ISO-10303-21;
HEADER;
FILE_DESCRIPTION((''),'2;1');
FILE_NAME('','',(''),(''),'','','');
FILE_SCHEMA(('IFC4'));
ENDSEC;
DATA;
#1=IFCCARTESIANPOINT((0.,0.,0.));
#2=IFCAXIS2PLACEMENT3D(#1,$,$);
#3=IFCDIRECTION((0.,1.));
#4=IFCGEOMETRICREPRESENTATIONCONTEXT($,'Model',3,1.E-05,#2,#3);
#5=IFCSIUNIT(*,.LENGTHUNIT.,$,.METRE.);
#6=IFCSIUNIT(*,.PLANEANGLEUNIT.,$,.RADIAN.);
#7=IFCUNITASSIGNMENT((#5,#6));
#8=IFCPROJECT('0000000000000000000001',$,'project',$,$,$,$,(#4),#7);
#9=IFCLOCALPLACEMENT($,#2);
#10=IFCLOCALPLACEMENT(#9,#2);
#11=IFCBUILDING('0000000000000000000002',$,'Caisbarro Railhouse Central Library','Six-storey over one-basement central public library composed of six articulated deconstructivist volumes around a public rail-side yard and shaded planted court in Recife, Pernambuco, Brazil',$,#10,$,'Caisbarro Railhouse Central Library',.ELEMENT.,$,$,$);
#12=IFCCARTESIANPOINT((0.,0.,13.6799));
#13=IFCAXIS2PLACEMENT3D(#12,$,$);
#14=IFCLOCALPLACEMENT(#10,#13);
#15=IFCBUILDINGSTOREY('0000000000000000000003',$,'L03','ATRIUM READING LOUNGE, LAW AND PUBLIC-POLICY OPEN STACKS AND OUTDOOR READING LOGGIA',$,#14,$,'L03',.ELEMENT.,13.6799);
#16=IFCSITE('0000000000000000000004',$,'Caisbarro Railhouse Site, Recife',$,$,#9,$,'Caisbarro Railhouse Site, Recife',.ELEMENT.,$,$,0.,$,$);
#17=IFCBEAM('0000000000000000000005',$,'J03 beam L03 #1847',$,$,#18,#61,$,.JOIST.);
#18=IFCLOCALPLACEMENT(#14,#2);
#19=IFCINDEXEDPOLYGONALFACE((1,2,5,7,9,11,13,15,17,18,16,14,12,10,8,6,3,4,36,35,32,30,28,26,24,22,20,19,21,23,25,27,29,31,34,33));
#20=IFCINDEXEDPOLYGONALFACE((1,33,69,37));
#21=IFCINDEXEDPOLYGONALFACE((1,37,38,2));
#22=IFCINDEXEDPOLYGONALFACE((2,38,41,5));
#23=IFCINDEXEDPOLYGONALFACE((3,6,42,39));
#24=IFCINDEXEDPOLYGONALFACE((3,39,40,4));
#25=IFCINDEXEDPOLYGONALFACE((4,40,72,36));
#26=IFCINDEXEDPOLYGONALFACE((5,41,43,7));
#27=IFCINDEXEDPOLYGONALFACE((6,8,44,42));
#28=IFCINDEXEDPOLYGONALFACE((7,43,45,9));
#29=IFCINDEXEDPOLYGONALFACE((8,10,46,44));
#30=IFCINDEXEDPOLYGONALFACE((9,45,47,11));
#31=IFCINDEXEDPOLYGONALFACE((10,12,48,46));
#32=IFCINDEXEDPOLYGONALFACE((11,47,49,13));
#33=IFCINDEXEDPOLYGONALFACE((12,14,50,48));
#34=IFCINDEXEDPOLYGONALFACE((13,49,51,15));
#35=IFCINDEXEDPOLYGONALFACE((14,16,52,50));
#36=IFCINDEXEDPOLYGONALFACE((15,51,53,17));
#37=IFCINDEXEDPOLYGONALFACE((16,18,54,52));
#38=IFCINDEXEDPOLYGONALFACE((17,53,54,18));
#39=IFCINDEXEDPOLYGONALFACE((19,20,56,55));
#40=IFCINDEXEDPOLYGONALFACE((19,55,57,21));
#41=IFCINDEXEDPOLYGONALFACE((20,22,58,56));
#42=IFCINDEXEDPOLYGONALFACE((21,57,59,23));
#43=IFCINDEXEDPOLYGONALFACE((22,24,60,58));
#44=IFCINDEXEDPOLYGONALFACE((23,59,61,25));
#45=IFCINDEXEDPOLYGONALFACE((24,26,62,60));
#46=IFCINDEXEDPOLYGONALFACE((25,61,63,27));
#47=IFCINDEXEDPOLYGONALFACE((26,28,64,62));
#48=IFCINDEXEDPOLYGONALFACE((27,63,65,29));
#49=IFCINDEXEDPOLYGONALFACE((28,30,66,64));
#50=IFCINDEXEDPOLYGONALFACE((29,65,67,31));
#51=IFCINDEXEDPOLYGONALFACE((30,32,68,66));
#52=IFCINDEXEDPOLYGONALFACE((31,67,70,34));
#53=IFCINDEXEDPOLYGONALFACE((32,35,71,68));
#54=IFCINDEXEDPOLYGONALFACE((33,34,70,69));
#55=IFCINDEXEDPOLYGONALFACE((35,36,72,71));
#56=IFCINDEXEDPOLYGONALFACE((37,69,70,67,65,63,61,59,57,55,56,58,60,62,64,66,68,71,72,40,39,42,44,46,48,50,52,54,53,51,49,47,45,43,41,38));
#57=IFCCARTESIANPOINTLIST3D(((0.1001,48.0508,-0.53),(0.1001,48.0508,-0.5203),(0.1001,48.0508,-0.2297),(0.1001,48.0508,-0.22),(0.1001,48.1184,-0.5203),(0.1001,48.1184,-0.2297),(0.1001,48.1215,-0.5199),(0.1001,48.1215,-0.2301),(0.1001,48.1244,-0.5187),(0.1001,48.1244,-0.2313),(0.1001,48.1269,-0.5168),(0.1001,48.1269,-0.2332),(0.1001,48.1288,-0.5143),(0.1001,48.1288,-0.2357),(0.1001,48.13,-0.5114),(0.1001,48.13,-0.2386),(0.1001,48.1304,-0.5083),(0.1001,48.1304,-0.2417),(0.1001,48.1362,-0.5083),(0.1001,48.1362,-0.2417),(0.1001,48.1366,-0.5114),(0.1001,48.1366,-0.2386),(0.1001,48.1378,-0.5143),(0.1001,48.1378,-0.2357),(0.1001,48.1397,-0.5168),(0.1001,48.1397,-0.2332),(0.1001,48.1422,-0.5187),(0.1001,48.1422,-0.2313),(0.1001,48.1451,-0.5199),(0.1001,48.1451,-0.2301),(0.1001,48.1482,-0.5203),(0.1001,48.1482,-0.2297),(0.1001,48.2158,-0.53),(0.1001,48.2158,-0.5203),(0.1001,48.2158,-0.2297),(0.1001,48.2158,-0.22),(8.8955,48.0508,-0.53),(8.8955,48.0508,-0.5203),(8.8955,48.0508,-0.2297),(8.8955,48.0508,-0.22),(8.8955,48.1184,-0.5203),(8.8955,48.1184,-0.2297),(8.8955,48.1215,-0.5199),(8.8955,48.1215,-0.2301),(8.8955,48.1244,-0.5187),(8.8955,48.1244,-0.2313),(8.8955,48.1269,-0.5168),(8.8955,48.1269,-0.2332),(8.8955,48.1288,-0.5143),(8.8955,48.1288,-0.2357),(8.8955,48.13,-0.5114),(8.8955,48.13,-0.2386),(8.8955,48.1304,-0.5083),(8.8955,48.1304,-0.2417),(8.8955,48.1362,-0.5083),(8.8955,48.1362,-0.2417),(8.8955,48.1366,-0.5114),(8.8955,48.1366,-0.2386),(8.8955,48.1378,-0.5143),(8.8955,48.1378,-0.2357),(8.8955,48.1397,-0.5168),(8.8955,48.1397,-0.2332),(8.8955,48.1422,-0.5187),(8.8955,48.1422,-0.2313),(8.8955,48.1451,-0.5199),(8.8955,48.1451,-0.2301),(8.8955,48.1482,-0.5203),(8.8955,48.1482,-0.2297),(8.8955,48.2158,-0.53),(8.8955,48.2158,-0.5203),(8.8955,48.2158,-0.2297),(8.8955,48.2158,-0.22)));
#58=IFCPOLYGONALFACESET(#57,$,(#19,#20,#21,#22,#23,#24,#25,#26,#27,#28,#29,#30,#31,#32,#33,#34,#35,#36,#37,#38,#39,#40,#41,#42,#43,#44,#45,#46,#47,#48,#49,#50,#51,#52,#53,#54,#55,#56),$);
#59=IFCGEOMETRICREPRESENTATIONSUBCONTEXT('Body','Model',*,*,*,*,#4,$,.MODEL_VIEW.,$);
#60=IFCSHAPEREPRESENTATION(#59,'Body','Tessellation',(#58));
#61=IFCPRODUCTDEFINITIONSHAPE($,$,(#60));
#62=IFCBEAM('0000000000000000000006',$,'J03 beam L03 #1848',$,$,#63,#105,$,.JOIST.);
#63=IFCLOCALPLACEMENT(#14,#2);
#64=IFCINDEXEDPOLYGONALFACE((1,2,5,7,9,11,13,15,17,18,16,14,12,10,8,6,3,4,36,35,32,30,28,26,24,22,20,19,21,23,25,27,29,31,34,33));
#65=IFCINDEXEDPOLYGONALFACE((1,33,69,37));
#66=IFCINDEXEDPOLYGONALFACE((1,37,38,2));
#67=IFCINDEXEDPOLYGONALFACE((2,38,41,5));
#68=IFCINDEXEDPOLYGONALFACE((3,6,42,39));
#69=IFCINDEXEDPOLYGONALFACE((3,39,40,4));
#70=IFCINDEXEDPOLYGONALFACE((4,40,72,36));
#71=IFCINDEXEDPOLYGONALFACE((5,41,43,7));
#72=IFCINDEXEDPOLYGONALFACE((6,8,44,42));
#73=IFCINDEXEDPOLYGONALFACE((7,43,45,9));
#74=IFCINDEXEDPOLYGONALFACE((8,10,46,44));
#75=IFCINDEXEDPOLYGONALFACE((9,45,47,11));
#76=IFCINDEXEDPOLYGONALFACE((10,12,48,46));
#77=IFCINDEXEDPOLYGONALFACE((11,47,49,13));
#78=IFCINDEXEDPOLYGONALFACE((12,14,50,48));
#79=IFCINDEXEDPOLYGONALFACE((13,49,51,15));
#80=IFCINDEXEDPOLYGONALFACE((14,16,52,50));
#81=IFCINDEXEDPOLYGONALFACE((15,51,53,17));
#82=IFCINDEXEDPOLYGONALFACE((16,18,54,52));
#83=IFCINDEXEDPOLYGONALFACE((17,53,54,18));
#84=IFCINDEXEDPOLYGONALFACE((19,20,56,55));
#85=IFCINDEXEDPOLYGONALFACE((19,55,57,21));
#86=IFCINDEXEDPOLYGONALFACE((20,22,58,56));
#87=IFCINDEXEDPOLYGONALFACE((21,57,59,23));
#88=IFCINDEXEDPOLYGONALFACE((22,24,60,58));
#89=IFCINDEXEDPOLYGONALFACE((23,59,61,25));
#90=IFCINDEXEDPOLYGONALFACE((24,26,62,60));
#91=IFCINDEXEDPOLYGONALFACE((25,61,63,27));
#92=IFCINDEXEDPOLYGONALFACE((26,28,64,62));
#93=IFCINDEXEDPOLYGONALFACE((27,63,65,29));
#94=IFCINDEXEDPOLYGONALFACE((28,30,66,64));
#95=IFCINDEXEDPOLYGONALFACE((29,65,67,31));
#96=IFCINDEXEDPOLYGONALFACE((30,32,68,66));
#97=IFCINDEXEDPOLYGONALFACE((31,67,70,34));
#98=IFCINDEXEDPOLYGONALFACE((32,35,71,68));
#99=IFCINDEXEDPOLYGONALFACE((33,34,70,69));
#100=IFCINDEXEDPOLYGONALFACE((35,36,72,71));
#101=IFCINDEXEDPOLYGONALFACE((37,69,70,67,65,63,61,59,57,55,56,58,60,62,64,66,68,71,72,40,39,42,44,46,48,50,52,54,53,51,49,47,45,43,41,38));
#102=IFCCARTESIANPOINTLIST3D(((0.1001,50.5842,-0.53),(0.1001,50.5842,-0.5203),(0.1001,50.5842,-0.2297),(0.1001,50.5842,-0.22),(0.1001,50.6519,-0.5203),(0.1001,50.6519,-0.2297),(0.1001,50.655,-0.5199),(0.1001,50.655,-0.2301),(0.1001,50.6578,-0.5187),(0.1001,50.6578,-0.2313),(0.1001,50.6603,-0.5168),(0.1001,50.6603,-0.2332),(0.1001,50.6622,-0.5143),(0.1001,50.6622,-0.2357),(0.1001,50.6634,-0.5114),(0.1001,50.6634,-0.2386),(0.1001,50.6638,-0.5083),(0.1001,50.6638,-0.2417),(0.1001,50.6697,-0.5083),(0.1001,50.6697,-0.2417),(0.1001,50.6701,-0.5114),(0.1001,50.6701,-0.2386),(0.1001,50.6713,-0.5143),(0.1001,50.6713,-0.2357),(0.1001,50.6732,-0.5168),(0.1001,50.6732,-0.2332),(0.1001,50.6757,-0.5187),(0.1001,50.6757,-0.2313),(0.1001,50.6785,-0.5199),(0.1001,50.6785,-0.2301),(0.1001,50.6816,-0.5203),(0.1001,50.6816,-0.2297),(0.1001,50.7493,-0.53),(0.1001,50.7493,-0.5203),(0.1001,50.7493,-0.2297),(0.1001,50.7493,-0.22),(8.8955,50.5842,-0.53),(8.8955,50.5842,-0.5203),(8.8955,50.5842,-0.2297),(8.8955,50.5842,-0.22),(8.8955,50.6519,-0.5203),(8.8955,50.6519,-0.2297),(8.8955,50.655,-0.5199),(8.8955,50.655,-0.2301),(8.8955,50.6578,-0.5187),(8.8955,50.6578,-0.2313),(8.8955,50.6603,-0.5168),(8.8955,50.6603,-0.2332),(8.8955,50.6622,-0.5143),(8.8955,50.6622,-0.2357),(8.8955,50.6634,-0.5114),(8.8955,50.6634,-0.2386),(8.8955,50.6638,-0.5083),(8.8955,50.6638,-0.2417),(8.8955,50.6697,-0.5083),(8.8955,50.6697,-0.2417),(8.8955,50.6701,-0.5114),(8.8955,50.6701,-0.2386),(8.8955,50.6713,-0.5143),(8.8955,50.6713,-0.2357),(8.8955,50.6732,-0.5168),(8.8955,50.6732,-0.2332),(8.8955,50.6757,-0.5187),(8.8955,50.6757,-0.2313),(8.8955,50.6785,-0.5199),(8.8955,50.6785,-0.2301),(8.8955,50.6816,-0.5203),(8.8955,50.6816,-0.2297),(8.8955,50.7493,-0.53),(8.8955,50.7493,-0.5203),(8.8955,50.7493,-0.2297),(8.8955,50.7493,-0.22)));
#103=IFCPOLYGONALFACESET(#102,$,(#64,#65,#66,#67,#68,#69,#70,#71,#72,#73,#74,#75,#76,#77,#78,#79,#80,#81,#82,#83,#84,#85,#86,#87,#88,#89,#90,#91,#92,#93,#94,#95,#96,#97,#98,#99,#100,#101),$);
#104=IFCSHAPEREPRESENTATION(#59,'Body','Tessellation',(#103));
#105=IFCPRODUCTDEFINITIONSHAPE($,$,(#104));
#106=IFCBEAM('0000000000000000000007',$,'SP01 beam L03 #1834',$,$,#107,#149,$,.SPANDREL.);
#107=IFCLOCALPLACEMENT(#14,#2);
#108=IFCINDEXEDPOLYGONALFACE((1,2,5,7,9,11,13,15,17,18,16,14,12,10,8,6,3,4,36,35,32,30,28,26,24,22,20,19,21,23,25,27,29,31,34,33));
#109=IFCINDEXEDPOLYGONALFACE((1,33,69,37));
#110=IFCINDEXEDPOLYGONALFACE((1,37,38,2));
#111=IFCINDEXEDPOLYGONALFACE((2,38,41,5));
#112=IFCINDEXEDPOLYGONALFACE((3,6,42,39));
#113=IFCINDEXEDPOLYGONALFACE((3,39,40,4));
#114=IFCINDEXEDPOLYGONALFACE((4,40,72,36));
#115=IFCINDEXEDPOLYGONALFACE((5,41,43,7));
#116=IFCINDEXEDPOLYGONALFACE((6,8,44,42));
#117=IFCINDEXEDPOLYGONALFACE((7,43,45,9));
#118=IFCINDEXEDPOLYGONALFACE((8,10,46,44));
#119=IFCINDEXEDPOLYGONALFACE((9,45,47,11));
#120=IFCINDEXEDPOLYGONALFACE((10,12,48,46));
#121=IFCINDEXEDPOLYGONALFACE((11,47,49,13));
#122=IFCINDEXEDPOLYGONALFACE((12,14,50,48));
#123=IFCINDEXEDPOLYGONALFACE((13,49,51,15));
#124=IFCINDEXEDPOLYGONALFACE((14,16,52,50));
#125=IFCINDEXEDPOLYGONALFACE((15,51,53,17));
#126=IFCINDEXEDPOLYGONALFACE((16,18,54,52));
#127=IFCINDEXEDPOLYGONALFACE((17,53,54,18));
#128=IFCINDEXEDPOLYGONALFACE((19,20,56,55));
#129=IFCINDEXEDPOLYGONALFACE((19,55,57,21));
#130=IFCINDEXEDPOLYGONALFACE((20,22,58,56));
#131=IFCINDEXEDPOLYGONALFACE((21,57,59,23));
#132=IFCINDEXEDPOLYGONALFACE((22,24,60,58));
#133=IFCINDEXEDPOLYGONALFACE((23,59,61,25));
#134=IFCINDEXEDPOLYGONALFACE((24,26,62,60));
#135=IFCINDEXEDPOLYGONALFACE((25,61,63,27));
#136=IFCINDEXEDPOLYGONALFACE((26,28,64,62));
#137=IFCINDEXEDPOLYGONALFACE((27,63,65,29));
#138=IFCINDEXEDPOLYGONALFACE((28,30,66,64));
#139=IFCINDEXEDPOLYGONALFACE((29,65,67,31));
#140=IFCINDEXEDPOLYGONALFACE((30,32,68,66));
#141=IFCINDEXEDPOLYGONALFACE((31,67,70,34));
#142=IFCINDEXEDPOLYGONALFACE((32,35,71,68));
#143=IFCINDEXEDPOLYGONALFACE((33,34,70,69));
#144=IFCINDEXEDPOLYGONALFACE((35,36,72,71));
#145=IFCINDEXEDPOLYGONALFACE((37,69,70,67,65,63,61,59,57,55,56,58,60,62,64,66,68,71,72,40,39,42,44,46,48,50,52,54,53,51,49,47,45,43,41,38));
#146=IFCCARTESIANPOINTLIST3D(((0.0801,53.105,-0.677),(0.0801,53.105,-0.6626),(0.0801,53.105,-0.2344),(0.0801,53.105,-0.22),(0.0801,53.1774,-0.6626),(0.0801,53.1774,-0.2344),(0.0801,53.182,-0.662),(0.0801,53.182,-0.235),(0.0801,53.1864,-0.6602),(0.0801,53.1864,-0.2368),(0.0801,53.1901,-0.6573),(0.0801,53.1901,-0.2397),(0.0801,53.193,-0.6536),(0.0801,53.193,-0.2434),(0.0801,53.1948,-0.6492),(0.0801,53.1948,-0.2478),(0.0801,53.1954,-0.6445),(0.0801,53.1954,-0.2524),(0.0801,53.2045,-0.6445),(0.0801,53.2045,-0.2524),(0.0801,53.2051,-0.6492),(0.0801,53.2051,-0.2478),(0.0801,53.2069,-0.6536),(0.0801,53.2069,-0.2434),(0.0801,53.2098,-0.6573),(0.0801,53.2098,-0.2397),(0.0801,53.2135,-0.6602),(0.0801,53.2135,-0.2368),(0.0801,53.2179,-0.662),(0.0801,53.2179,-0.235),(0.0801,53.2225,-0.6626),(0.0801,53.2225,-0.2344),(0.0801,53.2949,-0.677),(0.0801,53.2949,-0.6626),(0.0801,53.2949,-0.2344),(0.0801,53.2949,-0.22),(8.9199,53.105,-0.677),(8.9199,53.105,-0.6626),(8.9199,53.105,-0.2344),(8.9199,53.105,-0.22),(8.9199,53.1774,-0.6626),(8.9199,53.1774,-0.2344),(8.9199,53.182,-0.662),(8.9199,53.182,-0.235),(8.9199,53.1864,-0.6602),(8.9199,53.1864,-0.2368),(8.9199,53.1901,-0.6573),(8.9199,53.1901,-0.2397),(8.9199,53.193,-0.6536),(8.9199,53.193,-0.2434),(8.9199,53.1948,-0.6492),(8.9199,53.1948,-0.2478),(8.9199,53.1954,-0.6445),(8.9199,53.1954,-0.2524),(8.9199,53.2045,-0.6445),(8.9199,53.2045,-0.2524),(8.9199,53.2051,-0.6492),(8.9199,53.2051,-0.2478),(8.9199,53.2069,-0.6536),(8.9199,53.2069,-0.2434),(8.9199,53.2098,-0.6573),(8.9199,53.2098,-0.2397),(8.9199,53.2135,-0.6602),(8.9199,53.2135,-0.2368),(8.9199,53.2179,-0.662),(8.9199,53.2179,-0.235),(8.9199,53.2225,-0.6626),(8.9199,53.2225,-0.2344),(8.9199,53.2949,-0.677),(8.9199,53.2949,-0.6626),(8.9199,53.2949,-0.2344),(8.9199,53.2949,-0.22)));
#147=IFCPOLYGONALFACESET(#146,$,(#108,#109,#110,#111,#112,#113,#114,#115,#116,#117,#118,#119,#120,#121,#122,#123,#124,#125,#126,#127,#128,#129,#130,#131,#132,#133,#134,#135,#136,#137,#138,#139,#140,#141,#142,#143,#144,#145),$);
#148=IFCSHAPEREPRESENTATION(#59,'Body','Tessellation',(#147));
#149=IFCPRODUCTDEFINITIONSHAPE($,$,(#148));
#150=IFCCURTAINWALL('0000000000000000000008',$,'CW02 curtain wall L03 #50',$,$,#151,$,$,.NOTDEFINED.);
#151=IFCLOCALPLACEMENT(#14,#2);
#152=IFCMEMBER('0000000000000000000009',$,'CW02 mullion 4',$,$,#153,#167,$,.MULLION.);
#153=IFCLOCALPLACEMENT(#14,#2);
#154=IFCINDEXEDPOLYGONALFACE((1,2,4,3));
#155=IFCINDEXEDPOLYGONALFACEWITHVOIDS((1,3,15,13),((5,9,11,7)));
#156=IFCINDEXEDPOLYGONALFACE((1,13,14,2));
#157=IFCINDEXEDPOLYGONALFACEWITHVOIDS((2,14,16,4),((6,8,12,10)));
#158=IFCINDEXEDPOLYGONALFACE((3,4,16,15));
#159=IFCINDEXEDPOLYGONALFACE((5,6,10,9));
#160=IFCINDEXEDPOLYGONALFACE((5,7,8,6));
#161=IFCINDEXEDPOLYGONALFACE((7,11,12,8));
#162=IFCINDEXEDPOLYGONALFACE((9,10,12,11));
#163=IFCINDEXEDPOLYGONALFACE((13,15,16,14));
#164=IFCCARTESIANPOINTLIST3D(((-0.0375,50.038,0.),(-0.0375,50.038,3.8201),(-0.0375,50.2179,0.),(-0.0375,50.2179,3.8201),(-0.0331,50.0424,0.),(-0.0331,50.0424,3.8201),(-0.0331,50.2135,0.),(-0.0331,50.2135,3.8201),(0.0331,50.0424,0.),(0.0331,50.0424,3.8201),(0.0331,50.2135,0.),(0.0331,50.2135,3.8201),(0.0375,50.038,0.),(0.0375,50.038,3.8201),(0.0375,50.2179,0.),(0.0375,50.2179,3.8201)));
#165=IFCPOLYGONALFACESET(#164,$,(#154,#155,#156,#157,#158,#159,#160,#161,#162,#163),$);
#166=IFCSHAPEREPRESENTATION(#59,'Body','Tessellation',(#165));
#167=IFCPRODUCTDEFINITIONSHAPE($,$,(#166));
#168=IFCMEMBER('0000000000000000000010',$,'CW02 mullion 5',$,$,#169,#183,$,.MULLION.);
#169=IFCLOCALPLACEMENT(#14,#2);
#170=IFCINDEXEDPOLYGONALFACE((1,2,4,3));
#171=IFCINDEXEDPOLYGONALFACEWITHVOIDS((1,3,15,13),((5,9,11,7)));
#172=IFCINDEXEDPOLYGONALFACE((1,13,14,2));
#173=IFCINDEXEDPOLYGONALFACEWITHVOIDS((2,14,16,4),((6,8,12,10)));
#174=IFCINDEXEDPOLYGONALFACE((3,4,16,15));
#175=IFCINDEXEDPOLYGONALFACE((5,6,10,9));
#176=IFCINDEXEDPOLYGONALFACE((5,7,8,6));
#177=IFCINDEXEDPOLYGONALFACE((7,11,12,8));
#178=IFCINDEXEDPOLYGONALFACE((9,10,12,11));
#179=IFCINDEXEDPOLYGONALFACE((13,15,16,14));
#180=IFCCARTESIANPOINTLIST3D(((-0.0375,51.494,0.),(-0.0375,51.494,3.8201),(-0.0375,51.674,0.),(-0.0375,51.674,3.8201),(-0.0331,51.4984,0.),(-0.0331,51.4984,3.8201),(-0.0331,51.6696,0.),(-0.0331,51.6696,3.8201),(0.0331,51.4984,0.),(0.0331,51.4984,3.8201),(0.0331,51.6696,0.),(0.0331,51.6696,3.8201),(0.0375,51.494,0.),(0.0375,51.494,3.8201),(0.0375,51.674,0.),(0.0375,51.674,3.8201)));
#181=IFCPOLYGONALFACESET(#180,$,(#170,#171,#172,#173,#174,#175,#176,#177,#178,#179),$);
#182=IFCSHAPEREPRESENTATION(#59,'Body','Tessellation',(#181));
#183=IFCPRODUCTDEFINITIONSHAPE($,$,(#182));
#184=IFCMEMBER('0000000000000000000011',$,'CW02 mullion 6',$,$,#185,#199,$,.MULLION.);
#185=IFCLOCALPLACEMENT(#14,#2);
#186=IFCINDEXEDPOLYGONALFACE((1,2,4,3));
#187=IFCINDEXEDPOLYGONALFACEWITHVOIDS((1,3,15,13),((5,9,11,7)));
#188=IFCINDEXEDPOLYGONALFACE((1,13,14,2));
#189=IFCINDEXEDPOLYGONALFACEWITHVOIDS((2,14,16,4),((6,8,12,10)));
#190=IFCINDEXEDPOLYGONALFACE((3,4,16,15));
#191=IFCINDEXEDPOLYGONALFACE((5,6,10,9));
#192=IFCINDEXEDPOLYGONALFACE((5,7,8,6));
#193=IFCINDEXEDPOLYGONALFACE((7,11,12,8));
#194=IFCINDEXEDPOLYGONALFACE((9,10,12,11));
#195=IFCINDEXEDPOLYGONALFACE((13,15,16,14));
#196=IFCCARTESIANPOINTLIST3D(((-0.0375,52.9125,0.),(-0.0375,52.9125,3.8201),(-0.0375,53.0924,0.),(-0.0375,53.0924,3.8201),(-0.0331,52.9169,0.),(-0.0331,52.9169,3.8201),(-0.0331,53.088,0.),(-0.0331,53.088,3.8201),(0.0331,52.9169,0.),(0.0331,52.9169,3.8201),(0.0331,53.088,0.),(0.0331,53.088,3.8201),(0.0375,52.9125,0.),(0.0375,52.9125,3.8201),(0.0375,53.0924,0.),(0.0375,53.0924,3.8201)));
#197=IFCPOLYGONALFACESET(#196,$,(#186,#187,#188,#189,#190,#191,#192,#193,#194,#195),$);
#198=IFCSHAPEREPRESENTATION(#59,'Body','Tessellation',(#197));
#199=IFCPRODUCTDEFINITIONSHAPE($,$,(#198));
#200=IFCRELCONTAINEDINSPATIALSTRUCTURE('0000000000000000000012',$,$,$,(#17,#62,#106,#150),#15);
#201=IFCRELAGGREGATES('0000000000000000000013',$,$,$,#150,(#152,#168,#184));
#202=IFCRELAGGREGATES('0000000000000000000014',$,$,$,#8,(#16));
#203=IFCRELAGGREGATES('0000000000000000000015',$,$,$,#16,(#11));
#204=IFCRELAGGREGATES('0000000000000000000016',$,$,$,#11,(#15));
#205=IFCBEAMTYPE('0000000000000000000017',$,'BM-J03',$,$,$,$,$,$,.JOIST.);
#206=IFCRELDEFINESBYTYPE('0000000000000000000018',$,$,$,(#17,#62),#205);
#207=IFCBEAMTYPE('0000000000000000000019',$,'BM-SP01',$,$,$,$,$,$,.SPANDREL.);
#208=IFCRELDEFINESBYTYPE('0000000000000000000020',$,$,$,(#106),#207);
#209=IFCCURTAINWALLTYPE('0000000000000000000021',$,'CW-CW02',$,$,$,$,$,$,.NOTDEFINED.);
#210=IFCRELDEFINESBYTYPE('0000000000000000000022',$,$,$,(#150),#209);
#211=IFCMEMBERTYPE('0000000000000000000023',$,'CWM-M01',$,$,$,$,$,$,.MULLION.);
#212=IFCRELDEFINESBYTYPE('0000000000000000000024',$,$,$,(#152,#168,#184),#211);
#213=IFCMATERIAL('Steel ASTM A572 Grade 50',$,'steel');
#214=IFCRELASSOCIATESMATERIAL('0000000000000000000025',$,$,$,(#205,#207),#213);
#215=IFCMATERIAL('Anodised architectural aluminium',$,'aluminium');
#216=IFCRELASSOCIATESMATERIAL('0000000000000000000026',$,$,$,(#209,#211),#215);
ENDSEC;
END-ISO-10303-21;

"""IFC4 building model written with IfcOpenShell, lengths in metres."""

from ifc_helpers import new_model, si_unit, direction, frame, origin, origin_2d, place, context, subcontext, project, spatial, hollow_rectangle, i_section, extrude, material, material_profile, profile_set, type_object, element, aggregate, save


model = new_model("IFC4")

# Units and contexts
model_context = context("Model", 3, precision=1e-05, world=origin(), true_north=direction((0.0, 1.0)))
body_context = subcontext(model_context, "Body", "Model", "MODEL_VIEW")
ifc_project = project(units=[si_unit("LENGTHUNIT", "METRE"), si_unit("PLANEANGLEUNIT", "RADIAN")], contexts=[model_context])

# Site, building, storey
site_placement = place(None, origin())
site = spatial("IfcSite", under=ifc_project, at=site_placement, Name="Caisbarro Railhouse Site, Recife", LongName="Caisbarro Railhouse Site, Recife", CompositionType="ELEMENT", RefElevation=0.0)
building_placement = place(site_placement, origin())
building = spatial("IfcBuilding", under=site, at=building_placement, Name="Caisbarro Railhouse Central Library", Description="Six-storey over one-basement central public library composed of six articulated deconstructivist volumes around a public rail-side yard and shaded planted court in Recife, Pernambuco, Brazil", LongName="Caisbarro Railhouse Central Library", CompositionType="ELEMENT")
storey_placement = place(building_placement, frame((0.0, 0.0, 13.6799)))
storey = spatial("IfcBuildingStorey", under=building, at=storey_placement, Name="L03", Description="ATRIUM READING LOUNGE, LAW AND PUBLIC-POLICY OPEN STACKS AND OUTDOOR READING LOGGIA", LongName="L03", CompositionType="ELEMENT", Elevation=13.6799)

# Shared definitions
ifc_material_1 = material(Name="Steel ASTM A572 Grade 50", Category="steel")

# Beams
ifc_material_profile_1 = material_profile(ifc_material_1, i_section(OverallWidth=0.165, OverallDepth=0.3101, WebThickness=0.0059, FlangeThickness=0.0098, FilletRadius=0.012, at=origin_2d()), Name="W310X38.7")
ifc_profile_set_1 = profile_set([ifc_material_profile_1], Name="Steel ASTM A572 Grade 50")
beam_type_1 = type_object("IfcBeamType", Name="BM-J03", PredefinedType="JOIST", material=ifc_profile_set_1)
for number, where, z_axis, x_axis, name in (
    (1, (0.1001, 48.1333, -0.375), (1.0, 0.0, 0.0), (0.0, 1.0, 0.0), "J03 beam L03 #1847"),
    (2, (0.1001, 50.6667, -0.375), (1.0, 0.0, 0.0), (0.0, 1.0, 0.0), "J03 beam L03 #1848"),
):
    element("IfcBeam", number, at=place(storey_placement, frame(where, z_axis=z_axis, x_axis=x_axis)), inside=storey, type_object=beam_type_1, Name=name, PredefinedType="JOIST", context=body_context, shape_type="SweptSolid", body=[
        extrude(i_section(OverallWidth=0.165, OverallDepth=0.3101, WebThickness=0.0059, FlangeThickness=0.0098, FilletRadius=0.012, at=origin_2d()), origin(), (0.0, 0.0, 1.0), 8.7954),
    ])
ifc_material_profile_2 = material_profile(ifc_material_1, i_section(OverallWidth=0.1899, OverallDepth=0.457, WebThickness=0.009, FlangeThickness=0.0144, FilletRadius=0.0181, at=origin_2d()), Name="W460X74.0")
ifc_profile_set_2 = profile_set([ifc_material_profile_2], Name="Steel ASTM A572 Grade 50")
beam_type_2 = type_object("IfcBeamType", Name="BM-SP01", PredefinedType="SPANDREL", material=ifc_profile_set_2)
beam_1_placement = place(storey_placement, frame((0.0801, 53.2, -0.4485), z_axis=(1.0, 0.0, 0.0), x_axis=(0.0, 1.0, 0.0)))
element("IfcBeam", 3, at=beam_1_placement, inside=storey, type_object=beam_type_2, Name="SP01 beam L03 #1834", PredefinedType="SPANDREL", context=body_context, shape_type="SweptSolid", body=[
    extrude(i_section(OverallWidth=0.1899, OverallDepth=0.457, WebThickness=0.009, FlangeThickness=0.0144, FilletRadius=0.0181, at=origin_2d()), origin(), (0.0, 0.0, 1.0), 8.8398),
])

# Curtain wall, members
ifc_material_2 = material(Name="Anodised architectural aluminium", Category="aluminium")
curtain_wall_type = type_object("IfcCurtainWallType", Name="CW-CW02", PredefinedType="NOTDEFINED", material=ifc_material_2)
curtain_wall_placement = place(storey_placement, origin())
curtain_wall = element("IfcCurtainWall", 4, at=curtain_wall_placement, inside=storey, type_object=curtain_wall_type, Name="CW02 curtain wall L03 #50", PredefinedType="NOTDEFINED")
ifc_material_profile_3 = material_profile(ifc_material_2, hollow_rectangle(XDim=0.075, YDim=0.1799, WallThickness=0.0044, at=origin_2d()), Name="ALU-MUL-75X180")
ifc_profile_set_3 = profile_set([ifc_material_profile_3], Name="Anodised architectural aluminium")
member_type_1 = type_object("IfcMemberType", Name="CWM-M01", PredefinedType="MULLION", material=ifc_profile_set_3)
member_1_placement = place(storey_placement, frame((0.0, 50.1279, 0.0), z_axis=(0.0, 0.0, 1.0), x_axis=(-1.0, 0.0, 0.0)))
member_1 = element("IfcMember", 5, at=member_1_placement, type_object=member_type_1, Name="CW02 mullion 4", PredefinedType="MULLION", context=body_context, shape_type="SweptSolid", body=[
    extrude(hollow_rectangle(XDim=0.075, YDim=0.1799, WallThickness=0.0044, at=origin_2d()), origin(), (0.0, 0.0, 1.0), 3.8201),
])
member_2_placement = place(storey_placement, frame((0.0, 51.584, 0.0), z_axis=(0.0, 0.0, 1.0), x_axis=(-1.0, 0.0, 0.0)))
member_2 = element("IfcMember", 6, at=member_2_placement, type_object=member_type_1, Name="CW02 mullion 5", PredefinedType="MULLION", context=body_context, shape_type="SweptSolid", body=[
    extrude(hollow_rectangle(XDim=0.075, YDim=0.1799, WallThickness=0.0044, at=origin_2d()), origin(), (0.0, 0.0, 1.0), 3.8201),
])
member_3_placement = place(storey_placement, frame((0.0, 53.0024, 0.0), z_axis=(0.0, 0.0, 1.0), x_axis=(-1.0, 0.0, 0.0)))
member_3 = element("IfcMember", 7, at=member_3_placement, type_object=member_type_1, Name="CW02 mullion 6", PredefinedType="MULLION", context=body_context, shape_type="SweptSolid", body=[
    extrude(hollow_rectangle(XDim=0.075, YDim=0.1799, WallThickness=0.0044, at=origin_2d()), origin(), (0.0, 0.0, 1.0), 3.8201),
])
aggregate(curtain_wall, [member_1, member_2, member_3])

save(model, "model.ifc")
